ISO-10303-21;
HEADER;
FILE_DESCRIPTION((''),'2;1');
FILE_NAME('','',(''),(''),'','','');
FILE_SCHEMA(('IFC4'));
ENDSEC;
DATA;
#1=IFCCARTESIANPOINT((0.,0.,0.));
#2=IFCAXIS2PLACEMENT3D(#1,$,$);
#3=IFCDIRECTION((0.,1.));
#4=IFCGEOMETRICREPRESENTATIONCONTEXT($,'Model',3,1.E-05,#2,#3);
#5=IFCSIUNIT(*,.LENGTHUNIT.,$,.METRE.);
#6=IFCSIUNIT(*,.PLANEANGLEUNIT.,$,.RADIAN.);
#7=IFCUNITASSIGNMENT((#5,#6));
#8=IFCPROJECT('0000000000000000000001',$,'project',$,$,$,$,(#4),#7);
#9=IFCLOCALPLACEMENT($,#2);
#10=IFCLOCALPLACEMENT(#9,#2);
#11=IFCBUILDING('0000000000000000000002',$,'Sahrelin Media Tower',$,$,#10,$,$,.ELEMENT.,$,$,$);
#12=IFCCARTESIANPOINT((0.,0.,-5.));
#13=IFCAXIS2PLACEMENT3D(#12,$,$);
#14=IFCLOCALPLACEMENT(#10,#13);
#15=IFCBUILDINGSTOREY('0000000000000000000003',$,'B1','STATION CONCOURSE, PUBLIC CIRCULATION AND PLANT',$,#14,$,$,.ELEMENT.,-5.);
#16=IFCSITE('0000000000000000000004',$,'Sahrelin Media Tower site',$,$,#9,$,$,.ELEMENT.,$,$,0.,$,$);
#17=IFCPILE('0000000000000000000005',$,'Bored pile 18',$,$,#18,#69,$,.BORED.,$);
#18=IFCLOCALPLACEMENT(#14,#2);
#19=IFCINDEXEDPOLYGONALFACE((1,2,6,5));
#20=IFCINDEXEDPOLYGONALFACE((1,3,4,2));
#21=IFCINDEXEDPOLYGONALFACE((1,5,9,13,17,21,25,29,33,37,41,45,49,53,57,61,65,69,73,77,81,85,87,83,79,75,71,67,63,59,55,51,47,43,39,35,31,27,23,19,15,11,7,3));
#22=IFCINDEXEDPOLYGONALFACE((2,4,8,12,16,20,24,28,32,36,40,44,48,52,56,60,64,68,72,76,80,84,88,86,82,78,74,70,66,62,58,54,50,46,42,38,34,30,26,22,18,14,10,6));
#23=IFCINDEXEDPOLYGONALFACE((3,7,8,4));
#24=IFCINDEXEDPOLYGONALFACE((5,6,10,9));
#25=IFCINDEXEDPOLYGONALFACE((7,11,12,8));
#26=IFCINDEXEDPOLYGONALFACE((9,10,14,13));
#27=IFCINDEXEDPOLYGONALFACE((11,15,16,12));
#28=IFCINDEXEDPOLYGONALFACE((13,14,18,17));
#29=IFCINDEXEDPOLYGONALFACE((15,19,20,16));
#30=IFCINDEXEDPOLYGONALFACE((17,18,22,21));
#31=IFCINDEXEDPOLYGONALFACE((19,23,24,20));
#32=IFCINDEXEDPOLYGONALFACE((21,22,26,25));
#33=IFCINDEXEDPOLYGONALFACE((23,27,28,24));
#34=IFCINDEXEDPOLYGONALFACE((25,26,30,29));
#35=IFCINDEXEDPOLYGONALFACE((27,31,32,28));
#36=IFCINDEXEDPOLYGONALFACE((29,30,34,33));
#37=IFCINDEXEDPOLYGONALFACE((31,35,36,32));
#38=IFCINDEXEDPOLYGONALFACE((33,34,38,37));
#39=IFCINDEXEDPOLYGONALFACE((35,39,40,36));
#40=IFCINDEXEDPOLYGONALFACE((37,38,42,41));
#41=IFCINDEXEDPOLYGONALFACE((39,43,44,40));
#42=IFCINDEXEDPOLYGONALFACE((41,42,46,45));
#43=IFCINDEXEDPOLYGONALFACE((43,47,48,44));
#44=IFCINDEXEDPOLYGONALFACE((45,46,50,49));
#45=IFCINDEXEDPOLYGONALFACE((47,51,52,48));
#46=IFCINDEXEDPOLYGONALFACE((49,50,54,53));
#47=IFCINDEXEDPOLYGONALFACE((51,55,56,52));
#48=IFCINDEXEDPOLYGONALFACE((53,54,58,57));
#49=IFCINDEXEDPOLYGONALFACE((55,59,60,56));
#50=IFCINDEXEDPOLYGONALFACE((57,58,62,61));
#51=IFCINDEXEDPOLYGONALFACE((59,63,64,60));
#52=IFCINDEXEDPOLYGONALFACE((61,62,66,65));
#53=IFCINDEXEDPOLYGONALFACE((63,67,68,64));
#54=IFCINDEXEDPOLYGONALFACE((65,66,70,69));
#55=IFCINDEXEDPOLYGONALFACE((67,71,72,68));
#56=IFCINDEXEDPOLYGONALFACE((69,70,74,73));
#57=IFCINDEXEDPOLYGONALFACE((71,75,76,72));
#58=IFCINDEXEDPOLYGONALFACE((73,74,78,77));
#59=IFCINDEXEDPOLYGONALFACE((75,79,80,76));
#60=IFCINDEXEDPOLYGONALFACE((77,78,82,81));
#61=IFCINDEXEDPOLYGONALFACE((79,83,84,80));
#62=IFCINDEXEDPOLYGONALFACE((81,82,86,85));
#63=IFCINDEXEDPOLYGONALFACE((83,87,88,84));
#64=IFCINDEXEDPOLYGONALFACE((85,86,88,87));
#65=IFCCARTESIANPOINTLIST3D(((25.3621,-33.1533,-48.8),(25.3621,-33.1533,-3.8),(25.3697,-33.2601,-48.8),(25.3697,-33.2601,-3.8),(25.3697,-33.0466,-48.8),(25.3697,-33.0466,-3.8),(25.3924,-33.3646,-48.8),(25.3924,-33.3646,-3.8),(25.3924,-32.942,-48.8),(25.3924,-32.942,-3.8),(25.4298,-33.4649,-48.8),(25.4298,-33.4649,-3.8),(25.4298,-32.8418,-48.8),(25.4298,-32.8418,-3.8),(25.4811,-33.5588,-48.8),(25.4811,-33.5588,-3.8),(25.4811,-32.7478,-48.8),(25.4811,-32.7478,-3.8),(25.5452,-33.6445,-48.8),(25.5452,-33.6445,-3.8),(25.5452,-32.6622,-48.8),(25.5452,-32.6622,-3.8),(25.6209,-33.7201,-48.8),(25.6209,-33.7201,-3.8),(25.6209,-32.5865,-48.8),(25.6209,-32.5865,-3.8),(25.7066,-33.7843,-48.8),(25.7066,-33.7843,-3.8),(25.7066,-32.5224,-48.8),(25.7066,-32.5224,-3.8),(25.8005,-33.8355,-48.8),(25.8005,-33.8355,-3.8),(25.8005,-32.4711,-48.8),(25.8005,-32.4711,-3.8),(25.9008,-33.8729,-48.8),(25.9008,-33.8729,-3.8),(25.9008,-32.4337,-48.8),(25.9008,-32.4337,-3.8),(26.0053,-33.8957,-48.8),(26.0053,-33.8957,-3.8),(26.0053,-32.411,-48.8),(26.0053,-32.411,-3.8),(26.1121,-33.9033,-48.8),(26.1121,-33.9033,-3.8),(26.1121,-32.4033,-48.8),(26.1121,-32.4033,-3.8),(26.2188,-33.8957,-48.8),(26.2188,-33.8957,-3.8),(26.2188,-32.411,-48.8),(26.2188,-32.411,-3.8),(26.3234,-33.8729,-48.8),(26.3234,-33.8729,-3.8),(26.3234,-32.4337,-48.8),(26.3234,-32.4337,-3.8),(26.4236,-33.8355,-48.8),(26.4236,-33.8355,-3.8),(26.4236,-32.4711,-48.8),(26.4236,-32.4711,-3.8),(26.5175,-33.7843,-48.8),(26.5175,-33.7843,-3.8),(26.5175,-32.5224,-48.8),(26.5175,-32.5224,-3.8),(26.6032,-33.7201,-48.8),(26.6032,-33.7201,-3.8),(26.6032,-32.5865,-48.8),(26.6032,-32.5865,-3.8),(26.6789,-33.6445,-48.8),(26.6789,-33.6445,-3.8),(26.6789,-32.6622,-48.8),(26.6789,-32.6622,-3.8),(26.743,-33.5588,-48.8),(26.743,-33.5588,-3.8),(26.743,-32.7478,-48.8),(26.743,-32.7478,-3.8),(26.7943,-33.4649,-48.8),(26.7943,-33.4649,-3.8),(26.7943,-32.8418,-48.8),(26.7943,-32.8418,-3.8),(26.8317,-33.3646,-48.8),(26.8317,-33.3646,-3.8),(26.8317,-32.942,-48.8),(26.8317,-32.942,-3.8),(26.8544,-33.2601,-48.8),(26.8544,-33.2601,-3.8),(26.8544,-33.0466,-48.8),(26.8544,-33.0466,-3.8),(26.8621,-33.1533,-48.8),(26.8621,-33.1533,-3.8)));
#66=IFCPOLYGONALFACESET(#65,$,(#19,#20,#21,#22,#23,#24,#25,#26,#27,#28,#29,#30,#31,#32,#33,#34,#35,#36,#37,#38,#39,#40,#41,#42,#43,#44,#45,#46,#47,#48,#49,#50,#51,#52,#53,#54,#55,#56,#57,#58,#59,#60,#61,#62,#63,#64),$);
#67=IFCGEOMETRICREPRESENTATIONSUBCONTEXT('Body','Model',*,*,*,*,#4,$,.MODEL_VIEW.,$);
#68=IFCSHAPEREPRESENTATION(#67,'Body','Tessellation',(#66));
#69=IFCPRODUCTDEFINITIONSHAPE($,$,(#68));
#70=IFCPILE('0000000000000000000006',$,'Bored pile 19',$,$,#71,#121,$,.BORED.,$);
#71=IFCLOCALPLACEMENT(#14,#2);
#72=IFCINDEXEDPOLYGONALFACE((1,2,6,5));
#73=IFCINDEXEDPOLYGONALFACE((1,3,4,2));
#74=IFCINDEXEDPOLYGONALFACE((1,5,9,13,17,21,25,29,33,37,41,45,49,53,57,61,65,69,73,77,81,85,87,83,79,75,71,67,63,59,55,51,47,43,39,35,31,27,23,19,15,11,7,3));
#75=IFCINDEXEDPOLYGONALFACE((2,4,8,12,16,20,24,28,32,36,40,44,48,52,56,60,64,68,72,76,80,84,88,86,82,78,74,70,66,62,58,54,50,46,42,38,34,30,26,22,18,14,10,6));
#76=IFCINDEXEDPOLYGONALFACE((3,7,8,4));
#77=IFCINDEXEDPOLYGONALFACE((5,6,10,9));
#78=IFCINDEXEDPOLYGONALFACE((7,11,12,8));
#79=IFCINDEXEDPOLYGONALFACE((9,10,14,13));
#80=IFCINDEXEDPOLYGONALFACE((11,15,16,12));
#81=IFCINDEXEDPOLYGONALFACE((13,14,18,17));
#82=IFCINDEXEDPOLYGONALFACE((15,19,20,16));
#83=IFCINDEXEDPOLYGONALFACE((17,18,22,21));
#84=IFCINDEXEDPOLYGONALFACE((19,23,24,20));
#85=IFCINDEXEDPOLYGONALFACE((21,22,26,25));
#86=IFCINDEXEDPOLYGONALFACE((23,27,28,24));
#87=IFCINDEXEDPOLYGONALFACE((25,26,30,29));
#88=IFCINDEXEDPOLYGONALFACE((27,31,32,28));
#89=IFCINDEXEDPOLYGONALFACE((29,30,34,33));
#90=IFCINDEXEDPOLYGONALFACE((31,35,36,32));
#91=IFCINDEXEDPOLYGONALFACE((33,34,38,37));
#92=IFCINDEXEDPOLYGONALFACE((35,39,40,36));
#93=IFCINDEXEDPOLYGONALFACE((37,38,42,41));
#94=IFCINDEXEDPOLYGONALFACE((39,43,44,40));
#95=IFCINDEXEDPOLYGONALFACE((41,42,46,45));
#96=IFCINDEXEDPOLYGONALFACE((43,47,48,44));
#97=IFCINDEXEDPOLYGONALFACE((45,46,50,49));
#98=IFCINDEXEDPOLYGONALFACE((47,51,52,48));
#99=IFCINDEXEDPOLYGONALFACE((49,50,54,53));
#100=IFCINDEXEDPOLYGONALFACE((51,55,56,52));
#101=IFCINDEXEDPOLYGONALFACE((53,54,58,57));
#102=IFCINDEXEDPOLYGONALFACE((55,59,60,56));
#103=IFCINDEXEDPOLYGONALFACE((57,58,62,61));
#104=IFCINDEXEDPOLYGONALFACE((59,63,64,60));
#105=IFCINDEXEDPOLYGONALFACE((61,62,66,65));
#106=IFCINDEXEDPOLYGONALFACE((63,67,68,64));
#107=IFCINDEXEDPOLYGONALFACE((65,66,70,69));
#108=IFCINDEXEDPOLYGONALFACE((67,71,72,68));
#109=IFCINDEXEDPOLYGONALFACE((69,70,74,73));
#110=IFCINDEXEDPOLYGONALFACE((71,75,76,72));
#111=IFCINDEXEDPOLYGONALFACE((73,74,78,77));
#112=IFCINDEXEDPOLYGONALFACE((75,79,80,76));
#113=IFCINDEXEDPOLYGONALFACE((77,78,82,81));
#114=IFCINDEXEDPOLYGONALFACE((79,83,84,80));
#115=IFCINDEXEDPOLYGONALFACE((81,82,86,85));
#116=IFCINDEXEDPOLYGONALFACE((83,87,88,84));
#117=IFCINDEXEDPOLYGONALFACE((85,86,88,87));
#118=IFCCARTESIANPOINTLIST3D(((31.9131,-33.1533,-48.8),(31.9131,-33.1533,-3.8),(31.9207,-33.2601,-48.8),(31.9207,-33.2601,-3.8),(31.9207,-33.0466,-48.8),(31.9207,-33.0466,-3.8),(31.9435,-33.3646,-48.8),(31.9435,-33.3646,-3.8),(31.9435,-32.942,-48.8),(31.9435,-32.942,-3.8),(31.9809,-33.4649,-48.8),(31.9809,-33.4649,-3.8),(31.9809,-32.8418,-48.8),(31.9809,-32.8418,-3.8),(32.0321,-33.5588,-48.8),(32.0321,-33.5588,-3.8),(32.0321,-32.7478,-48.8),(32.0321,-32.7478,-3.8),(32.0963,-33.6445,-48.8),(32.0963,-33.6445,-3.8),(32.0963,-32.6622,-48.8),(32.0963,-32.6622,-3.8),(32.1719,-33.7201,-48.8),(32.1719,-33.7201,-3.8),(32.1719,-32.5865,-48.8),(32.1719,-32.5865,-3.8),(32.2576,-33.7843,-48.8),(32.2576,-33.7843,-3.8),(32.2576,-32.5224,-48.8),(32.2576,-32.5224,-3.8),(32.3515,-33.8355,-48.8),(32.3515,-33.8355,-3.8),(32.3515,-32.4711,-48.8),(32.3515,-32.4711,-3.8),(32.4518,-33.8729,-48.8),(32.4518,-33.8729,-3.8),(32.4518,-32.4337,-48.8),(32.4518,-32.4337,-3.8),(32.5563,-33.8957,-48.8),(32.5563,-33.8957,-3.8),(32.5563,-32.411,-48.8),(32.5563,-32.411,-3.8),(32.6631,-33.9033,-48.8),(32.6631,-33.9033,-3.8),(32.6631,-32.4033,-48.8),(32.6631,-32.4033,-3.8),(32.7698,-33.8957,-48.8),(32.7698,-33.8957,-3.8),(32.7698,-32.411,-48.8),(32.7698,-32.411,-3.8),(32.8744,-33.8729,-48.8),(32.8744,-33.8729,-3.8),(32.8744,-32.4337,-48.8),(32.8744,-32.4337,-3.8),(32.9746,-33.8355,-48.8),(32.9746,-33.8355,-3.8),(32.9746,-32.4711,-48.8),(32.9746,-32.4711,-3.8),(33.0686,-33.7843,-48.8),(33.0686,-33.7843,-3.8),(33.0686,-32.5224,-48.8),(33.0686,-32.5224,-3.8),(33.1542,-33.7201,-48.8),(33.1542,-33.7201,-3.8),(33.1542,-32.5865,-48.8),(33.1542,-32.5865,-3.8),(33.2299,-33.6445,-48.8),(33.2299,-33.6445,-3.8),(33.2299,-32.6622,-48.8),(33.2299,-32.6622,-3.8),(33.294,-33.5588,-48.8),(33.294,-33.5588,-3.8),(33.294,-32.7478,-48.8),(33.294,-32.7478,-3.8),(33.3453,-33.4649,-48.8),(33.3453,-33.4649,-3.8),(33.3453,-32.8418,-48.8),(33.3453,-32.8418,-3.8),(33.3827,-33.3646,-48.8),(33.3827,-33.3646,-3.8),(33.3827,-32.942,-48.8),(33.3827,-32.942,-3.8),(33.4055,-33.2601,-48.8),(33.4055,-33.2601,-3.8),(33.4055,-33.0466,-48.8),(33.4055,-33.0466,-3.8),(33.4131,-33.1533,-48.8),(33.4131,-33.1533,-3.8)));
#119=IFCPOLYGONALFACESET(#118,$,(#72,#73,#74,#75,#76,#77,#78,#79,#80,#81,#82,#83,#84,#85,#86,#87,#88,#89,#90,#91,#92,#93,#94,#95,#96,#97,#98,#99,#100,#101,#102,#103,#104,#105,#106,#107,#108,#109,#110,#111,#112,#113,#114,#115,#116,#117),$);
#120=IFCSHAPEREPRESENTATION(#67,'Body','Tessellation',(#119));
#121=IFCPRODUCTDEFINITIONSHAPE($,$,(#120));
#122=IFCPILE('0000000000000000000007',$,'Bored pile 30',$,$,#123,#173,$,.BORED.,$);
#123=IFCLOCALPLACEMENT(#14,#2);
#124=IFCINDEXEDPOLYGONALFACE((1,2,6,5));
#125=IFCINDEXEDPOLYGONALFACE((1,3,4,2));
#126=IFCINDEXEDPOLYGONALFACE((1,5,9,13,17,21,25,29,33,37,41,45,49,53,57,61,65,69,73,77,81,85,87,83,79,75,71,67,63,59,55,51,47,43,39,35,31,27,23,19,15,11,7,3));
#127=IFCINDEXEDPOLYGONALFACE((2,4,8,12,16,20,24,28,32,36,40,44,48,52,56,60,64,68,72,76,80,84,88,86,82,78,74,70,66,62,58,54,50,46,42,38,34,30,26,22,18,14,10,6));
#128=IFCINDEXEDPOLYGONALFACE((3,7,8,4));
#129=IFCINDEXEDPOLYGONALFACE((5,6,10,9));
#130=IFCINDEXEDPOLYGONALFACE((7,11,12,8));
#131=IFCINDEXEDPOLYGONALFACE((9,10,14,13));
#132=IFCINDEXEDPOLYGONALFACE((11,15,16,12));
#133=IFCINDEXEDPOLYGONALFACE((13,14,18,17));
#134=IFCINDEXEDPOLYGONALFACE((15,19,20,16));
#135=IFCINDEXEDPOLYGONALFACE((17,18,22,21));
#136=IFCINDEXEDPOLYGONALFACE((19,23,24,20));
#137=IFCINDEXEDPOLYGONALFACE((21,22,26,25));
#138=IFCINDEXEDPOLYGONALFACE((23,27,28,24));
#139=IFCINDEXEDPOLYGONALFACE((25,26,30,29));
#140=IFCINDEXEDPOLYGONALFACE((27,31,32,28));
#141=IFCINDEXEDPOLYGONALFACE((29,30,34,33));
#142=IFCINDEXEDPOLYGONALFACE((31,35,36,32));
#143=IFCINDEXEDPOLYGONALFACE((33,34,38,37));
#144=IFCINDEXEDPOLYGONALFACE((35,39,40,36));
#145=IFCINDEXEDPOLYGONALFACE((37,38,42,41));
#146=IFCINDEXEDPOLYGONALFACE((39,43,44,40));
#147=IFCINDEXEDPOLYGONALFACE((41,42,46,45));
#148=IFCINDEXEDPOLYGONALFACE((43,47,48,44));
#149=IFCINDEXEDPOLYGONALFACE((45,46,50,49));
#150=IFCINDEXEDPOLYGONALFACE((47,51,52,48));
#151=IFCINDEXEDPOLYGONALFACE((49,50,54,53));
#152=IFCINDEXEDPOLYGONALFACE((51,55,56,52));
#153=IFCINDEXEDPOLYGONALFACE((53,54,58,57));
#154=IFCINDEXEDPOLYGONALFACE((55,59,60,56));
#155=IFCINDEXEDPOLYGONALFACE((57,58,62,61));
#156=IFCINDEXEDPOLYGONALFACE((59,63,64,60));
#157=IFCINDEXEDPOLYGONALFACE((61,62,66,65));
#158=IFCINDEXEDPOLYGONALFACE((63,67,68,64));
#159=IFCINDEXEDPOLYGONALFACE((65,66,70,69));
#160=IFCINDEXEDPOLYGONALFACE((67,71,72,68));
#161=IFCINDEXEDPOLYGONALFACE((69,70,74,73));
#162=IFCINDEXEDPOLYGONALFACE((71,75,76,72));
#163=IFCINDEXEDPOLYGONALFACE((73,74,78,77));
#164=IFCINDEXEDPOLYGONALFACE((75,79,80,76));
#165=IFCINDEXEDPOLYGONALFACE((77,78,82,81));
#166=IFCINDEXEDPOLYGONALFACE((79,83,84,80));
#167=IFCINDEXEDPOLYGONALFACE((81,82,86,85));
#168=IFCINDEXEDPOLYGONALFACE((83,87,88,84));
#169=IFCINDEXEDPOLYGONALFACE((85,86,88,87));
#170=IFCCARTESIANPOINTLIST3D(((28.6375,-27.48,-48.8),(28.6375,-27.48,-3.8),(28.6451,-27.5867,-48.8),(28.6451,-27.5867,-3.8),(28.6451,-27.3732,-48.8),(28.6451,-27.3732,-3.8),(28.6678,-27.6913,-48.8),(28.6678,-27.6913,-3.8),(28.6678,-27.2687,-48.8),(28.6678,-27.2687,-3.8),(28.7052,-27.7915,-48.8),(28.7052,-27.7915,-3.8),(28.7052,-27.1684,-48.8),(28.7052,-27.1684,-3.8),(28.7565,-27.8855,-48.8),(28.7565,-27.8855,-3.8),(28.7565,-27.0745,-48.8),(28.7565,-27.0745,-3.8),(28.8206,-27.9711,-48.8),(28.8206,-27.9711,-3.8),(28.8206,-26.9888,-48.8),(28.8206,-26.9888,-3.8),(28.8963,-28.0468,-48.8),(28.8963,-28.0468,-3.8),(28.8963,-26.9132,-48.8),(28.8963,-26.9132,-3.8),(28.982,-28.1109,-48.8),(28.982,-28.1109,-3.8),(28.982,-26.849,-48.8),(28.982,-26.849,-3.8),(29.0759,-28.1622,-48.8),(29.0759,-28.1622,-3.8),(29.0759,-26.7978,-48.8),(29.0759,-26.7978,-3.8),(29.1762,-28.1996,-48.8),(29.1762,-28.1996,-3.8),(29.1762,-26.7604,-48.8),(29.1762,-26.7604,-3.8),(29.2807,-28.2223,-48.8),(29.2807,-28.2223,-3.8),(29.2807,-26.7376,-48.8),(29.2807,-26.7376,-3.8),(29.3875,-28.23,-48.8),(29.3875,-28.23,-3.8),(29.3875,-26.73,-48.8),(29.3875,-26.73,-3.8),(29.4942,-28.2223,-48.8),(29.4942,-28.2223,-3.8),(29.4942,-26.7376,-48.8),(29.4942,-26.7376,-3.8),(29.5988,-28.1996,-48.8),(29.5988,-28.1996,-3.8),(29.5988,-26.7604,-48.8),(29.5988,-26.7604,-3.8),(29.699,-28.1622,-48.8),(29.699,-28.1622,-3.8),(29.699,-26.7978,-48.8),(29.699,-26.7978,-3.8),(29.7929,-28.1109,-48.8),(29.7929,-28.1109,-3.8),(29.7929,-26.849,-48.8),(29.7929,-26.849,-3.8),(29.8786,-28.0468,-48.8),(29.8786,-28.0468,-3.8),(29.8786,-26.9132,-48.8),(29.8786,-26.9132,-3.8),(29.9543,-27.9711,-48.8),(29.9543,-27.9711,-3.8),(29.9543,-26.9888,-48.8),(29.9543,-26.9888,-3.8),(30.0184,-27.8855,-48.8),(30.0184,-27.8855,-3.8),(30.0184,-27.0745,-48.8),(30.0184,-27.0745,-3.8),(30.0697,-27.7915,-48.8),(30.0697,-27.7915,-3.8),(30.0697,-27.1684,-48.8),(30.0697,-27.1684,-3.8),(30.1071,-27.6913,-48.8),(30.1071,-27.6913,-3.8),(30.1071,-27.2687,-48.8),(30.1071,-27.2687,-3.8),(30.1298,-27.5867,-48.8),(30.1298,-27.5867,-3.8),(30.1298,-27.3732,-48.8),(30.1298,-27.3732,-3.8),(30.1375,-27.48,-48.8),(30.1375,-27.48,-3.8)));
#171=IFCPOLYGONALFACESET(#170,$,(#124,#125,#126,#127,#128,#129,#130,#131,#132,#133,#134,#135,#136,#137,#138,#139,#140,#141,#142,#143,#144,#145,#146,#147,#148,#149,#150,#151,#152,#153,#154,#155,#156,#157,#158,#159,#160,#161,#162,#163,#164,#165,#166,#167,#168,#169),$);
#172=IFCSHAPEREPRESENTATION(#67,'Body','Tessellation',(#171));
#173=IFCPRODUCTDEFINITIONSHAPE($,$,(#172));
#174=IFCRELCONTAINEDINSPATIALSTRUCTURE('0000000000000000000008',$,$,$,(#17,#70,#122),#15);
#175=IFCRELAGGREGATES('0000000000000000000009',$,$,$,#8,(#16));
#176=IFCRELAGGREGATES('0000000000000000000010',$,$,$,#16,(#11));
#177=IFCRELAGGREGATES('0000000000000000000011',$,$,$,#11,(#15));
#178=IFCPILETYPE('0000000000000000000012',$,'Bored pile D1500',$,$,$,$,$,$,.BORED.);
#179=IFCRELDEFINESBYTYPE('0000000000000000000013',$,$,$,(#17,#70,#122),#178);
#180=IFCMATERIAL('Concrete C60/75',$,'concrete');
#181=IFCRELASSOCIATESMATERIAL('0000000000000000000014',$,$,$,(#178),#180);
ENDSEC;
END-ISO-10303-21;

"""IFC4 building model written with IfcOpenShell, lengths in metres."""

from ifc_helpers import new_model, si_unit, direction, frame, origin, origin_2d, place, context, subcontext, project, spatial, circle, extrude, material, material_profile, profile_set, type_object, element, save


model = new_model("IFC4")

# Units and contexts
model_context = context("Model", 3, precision=1e-05, world=origin(), true_north=direction((0.0, 1.0)))
body_context = subcontext(model_context, "Body", "Model", "MODEL_VIEW")
ifc_project = project(units=[si_unit("LENGTHUNIT", "METRE"), si_unit("PLANEANGLEUNIT", "RADIAN")], contexts=[model_context])

# Site, building, storey
site_placement = place(None, origin())
site = spatial("IfcSite", under=ifc_project, at=site_placement, Name="Sahrelin Media Tower site", CompositionType="ELEMENT", RefElevation=0.0)
building_placement = place(site_placement, origin())
building = spatial("IfcBuilding", under=site, at=building_placement, Name="Sahrelin Media Tower", CompositionType="ELEMENT")
storey_placement = place(building_placement, frame((0.0, 0.0, -5.0)))
storey = spatial("IfcBuildingStorey", under=building, at=storey_placement, Name="B1", Description="STATION CONCOURSE, PUBLIC CIRCULATION AND PLANT", CompositionType="ELEMENT", Elevation=-5.0)

# Piles
ifc_material_1 = material(Name="Concrete C60/75", Category="concrete")
ifc_material_profile_1 = material_profile(ifc_material_1, circle(Radius=0.75, at=origin_2d()), Name="Bored pile D1500")
ifc_profile_set_1 = profile_set([ifc_material_profile_1], Name="Concrete C60/75")
pile_type = type_object("IfcPileType", Name="Bored pile D1500", PredefinedType="BORED", material=ifc_profile_set_1)
for number, where, z_axis, x_axis, name in (
    (1, (26.1121, -33.1533, -3.8), (0.0, 0.0, -1.0), (1.0, 0.0, 0.0), "Bored pile 18"),
    (2, (32.6631, -33.1533, -3.8), (0.0, 0.0, -1.0), (1.0, 0.0, 0.0), "Bored pile 19"),
    (3, (29.3875, -27.48, -3.8), (0.0, 0.0, -1.0), (1.0, 0.0, 0.0), "Bored pile 30"),
):
    element("IfcPile", number, at=place(storey_placement, frame(where, z_axis=z_axis, x_axis=x_axis)), inside=storey, type_object=pile_type, Name=name, PredefinedType="BORED", context=body_context, shape_type="SweptSolid", body=[
        extrude(circle(Radius=0.75, at=origin_2d()), origin(), (0.0, 0.0, 1.0), 45.0),
    ])

save(model, "model.ifc")
